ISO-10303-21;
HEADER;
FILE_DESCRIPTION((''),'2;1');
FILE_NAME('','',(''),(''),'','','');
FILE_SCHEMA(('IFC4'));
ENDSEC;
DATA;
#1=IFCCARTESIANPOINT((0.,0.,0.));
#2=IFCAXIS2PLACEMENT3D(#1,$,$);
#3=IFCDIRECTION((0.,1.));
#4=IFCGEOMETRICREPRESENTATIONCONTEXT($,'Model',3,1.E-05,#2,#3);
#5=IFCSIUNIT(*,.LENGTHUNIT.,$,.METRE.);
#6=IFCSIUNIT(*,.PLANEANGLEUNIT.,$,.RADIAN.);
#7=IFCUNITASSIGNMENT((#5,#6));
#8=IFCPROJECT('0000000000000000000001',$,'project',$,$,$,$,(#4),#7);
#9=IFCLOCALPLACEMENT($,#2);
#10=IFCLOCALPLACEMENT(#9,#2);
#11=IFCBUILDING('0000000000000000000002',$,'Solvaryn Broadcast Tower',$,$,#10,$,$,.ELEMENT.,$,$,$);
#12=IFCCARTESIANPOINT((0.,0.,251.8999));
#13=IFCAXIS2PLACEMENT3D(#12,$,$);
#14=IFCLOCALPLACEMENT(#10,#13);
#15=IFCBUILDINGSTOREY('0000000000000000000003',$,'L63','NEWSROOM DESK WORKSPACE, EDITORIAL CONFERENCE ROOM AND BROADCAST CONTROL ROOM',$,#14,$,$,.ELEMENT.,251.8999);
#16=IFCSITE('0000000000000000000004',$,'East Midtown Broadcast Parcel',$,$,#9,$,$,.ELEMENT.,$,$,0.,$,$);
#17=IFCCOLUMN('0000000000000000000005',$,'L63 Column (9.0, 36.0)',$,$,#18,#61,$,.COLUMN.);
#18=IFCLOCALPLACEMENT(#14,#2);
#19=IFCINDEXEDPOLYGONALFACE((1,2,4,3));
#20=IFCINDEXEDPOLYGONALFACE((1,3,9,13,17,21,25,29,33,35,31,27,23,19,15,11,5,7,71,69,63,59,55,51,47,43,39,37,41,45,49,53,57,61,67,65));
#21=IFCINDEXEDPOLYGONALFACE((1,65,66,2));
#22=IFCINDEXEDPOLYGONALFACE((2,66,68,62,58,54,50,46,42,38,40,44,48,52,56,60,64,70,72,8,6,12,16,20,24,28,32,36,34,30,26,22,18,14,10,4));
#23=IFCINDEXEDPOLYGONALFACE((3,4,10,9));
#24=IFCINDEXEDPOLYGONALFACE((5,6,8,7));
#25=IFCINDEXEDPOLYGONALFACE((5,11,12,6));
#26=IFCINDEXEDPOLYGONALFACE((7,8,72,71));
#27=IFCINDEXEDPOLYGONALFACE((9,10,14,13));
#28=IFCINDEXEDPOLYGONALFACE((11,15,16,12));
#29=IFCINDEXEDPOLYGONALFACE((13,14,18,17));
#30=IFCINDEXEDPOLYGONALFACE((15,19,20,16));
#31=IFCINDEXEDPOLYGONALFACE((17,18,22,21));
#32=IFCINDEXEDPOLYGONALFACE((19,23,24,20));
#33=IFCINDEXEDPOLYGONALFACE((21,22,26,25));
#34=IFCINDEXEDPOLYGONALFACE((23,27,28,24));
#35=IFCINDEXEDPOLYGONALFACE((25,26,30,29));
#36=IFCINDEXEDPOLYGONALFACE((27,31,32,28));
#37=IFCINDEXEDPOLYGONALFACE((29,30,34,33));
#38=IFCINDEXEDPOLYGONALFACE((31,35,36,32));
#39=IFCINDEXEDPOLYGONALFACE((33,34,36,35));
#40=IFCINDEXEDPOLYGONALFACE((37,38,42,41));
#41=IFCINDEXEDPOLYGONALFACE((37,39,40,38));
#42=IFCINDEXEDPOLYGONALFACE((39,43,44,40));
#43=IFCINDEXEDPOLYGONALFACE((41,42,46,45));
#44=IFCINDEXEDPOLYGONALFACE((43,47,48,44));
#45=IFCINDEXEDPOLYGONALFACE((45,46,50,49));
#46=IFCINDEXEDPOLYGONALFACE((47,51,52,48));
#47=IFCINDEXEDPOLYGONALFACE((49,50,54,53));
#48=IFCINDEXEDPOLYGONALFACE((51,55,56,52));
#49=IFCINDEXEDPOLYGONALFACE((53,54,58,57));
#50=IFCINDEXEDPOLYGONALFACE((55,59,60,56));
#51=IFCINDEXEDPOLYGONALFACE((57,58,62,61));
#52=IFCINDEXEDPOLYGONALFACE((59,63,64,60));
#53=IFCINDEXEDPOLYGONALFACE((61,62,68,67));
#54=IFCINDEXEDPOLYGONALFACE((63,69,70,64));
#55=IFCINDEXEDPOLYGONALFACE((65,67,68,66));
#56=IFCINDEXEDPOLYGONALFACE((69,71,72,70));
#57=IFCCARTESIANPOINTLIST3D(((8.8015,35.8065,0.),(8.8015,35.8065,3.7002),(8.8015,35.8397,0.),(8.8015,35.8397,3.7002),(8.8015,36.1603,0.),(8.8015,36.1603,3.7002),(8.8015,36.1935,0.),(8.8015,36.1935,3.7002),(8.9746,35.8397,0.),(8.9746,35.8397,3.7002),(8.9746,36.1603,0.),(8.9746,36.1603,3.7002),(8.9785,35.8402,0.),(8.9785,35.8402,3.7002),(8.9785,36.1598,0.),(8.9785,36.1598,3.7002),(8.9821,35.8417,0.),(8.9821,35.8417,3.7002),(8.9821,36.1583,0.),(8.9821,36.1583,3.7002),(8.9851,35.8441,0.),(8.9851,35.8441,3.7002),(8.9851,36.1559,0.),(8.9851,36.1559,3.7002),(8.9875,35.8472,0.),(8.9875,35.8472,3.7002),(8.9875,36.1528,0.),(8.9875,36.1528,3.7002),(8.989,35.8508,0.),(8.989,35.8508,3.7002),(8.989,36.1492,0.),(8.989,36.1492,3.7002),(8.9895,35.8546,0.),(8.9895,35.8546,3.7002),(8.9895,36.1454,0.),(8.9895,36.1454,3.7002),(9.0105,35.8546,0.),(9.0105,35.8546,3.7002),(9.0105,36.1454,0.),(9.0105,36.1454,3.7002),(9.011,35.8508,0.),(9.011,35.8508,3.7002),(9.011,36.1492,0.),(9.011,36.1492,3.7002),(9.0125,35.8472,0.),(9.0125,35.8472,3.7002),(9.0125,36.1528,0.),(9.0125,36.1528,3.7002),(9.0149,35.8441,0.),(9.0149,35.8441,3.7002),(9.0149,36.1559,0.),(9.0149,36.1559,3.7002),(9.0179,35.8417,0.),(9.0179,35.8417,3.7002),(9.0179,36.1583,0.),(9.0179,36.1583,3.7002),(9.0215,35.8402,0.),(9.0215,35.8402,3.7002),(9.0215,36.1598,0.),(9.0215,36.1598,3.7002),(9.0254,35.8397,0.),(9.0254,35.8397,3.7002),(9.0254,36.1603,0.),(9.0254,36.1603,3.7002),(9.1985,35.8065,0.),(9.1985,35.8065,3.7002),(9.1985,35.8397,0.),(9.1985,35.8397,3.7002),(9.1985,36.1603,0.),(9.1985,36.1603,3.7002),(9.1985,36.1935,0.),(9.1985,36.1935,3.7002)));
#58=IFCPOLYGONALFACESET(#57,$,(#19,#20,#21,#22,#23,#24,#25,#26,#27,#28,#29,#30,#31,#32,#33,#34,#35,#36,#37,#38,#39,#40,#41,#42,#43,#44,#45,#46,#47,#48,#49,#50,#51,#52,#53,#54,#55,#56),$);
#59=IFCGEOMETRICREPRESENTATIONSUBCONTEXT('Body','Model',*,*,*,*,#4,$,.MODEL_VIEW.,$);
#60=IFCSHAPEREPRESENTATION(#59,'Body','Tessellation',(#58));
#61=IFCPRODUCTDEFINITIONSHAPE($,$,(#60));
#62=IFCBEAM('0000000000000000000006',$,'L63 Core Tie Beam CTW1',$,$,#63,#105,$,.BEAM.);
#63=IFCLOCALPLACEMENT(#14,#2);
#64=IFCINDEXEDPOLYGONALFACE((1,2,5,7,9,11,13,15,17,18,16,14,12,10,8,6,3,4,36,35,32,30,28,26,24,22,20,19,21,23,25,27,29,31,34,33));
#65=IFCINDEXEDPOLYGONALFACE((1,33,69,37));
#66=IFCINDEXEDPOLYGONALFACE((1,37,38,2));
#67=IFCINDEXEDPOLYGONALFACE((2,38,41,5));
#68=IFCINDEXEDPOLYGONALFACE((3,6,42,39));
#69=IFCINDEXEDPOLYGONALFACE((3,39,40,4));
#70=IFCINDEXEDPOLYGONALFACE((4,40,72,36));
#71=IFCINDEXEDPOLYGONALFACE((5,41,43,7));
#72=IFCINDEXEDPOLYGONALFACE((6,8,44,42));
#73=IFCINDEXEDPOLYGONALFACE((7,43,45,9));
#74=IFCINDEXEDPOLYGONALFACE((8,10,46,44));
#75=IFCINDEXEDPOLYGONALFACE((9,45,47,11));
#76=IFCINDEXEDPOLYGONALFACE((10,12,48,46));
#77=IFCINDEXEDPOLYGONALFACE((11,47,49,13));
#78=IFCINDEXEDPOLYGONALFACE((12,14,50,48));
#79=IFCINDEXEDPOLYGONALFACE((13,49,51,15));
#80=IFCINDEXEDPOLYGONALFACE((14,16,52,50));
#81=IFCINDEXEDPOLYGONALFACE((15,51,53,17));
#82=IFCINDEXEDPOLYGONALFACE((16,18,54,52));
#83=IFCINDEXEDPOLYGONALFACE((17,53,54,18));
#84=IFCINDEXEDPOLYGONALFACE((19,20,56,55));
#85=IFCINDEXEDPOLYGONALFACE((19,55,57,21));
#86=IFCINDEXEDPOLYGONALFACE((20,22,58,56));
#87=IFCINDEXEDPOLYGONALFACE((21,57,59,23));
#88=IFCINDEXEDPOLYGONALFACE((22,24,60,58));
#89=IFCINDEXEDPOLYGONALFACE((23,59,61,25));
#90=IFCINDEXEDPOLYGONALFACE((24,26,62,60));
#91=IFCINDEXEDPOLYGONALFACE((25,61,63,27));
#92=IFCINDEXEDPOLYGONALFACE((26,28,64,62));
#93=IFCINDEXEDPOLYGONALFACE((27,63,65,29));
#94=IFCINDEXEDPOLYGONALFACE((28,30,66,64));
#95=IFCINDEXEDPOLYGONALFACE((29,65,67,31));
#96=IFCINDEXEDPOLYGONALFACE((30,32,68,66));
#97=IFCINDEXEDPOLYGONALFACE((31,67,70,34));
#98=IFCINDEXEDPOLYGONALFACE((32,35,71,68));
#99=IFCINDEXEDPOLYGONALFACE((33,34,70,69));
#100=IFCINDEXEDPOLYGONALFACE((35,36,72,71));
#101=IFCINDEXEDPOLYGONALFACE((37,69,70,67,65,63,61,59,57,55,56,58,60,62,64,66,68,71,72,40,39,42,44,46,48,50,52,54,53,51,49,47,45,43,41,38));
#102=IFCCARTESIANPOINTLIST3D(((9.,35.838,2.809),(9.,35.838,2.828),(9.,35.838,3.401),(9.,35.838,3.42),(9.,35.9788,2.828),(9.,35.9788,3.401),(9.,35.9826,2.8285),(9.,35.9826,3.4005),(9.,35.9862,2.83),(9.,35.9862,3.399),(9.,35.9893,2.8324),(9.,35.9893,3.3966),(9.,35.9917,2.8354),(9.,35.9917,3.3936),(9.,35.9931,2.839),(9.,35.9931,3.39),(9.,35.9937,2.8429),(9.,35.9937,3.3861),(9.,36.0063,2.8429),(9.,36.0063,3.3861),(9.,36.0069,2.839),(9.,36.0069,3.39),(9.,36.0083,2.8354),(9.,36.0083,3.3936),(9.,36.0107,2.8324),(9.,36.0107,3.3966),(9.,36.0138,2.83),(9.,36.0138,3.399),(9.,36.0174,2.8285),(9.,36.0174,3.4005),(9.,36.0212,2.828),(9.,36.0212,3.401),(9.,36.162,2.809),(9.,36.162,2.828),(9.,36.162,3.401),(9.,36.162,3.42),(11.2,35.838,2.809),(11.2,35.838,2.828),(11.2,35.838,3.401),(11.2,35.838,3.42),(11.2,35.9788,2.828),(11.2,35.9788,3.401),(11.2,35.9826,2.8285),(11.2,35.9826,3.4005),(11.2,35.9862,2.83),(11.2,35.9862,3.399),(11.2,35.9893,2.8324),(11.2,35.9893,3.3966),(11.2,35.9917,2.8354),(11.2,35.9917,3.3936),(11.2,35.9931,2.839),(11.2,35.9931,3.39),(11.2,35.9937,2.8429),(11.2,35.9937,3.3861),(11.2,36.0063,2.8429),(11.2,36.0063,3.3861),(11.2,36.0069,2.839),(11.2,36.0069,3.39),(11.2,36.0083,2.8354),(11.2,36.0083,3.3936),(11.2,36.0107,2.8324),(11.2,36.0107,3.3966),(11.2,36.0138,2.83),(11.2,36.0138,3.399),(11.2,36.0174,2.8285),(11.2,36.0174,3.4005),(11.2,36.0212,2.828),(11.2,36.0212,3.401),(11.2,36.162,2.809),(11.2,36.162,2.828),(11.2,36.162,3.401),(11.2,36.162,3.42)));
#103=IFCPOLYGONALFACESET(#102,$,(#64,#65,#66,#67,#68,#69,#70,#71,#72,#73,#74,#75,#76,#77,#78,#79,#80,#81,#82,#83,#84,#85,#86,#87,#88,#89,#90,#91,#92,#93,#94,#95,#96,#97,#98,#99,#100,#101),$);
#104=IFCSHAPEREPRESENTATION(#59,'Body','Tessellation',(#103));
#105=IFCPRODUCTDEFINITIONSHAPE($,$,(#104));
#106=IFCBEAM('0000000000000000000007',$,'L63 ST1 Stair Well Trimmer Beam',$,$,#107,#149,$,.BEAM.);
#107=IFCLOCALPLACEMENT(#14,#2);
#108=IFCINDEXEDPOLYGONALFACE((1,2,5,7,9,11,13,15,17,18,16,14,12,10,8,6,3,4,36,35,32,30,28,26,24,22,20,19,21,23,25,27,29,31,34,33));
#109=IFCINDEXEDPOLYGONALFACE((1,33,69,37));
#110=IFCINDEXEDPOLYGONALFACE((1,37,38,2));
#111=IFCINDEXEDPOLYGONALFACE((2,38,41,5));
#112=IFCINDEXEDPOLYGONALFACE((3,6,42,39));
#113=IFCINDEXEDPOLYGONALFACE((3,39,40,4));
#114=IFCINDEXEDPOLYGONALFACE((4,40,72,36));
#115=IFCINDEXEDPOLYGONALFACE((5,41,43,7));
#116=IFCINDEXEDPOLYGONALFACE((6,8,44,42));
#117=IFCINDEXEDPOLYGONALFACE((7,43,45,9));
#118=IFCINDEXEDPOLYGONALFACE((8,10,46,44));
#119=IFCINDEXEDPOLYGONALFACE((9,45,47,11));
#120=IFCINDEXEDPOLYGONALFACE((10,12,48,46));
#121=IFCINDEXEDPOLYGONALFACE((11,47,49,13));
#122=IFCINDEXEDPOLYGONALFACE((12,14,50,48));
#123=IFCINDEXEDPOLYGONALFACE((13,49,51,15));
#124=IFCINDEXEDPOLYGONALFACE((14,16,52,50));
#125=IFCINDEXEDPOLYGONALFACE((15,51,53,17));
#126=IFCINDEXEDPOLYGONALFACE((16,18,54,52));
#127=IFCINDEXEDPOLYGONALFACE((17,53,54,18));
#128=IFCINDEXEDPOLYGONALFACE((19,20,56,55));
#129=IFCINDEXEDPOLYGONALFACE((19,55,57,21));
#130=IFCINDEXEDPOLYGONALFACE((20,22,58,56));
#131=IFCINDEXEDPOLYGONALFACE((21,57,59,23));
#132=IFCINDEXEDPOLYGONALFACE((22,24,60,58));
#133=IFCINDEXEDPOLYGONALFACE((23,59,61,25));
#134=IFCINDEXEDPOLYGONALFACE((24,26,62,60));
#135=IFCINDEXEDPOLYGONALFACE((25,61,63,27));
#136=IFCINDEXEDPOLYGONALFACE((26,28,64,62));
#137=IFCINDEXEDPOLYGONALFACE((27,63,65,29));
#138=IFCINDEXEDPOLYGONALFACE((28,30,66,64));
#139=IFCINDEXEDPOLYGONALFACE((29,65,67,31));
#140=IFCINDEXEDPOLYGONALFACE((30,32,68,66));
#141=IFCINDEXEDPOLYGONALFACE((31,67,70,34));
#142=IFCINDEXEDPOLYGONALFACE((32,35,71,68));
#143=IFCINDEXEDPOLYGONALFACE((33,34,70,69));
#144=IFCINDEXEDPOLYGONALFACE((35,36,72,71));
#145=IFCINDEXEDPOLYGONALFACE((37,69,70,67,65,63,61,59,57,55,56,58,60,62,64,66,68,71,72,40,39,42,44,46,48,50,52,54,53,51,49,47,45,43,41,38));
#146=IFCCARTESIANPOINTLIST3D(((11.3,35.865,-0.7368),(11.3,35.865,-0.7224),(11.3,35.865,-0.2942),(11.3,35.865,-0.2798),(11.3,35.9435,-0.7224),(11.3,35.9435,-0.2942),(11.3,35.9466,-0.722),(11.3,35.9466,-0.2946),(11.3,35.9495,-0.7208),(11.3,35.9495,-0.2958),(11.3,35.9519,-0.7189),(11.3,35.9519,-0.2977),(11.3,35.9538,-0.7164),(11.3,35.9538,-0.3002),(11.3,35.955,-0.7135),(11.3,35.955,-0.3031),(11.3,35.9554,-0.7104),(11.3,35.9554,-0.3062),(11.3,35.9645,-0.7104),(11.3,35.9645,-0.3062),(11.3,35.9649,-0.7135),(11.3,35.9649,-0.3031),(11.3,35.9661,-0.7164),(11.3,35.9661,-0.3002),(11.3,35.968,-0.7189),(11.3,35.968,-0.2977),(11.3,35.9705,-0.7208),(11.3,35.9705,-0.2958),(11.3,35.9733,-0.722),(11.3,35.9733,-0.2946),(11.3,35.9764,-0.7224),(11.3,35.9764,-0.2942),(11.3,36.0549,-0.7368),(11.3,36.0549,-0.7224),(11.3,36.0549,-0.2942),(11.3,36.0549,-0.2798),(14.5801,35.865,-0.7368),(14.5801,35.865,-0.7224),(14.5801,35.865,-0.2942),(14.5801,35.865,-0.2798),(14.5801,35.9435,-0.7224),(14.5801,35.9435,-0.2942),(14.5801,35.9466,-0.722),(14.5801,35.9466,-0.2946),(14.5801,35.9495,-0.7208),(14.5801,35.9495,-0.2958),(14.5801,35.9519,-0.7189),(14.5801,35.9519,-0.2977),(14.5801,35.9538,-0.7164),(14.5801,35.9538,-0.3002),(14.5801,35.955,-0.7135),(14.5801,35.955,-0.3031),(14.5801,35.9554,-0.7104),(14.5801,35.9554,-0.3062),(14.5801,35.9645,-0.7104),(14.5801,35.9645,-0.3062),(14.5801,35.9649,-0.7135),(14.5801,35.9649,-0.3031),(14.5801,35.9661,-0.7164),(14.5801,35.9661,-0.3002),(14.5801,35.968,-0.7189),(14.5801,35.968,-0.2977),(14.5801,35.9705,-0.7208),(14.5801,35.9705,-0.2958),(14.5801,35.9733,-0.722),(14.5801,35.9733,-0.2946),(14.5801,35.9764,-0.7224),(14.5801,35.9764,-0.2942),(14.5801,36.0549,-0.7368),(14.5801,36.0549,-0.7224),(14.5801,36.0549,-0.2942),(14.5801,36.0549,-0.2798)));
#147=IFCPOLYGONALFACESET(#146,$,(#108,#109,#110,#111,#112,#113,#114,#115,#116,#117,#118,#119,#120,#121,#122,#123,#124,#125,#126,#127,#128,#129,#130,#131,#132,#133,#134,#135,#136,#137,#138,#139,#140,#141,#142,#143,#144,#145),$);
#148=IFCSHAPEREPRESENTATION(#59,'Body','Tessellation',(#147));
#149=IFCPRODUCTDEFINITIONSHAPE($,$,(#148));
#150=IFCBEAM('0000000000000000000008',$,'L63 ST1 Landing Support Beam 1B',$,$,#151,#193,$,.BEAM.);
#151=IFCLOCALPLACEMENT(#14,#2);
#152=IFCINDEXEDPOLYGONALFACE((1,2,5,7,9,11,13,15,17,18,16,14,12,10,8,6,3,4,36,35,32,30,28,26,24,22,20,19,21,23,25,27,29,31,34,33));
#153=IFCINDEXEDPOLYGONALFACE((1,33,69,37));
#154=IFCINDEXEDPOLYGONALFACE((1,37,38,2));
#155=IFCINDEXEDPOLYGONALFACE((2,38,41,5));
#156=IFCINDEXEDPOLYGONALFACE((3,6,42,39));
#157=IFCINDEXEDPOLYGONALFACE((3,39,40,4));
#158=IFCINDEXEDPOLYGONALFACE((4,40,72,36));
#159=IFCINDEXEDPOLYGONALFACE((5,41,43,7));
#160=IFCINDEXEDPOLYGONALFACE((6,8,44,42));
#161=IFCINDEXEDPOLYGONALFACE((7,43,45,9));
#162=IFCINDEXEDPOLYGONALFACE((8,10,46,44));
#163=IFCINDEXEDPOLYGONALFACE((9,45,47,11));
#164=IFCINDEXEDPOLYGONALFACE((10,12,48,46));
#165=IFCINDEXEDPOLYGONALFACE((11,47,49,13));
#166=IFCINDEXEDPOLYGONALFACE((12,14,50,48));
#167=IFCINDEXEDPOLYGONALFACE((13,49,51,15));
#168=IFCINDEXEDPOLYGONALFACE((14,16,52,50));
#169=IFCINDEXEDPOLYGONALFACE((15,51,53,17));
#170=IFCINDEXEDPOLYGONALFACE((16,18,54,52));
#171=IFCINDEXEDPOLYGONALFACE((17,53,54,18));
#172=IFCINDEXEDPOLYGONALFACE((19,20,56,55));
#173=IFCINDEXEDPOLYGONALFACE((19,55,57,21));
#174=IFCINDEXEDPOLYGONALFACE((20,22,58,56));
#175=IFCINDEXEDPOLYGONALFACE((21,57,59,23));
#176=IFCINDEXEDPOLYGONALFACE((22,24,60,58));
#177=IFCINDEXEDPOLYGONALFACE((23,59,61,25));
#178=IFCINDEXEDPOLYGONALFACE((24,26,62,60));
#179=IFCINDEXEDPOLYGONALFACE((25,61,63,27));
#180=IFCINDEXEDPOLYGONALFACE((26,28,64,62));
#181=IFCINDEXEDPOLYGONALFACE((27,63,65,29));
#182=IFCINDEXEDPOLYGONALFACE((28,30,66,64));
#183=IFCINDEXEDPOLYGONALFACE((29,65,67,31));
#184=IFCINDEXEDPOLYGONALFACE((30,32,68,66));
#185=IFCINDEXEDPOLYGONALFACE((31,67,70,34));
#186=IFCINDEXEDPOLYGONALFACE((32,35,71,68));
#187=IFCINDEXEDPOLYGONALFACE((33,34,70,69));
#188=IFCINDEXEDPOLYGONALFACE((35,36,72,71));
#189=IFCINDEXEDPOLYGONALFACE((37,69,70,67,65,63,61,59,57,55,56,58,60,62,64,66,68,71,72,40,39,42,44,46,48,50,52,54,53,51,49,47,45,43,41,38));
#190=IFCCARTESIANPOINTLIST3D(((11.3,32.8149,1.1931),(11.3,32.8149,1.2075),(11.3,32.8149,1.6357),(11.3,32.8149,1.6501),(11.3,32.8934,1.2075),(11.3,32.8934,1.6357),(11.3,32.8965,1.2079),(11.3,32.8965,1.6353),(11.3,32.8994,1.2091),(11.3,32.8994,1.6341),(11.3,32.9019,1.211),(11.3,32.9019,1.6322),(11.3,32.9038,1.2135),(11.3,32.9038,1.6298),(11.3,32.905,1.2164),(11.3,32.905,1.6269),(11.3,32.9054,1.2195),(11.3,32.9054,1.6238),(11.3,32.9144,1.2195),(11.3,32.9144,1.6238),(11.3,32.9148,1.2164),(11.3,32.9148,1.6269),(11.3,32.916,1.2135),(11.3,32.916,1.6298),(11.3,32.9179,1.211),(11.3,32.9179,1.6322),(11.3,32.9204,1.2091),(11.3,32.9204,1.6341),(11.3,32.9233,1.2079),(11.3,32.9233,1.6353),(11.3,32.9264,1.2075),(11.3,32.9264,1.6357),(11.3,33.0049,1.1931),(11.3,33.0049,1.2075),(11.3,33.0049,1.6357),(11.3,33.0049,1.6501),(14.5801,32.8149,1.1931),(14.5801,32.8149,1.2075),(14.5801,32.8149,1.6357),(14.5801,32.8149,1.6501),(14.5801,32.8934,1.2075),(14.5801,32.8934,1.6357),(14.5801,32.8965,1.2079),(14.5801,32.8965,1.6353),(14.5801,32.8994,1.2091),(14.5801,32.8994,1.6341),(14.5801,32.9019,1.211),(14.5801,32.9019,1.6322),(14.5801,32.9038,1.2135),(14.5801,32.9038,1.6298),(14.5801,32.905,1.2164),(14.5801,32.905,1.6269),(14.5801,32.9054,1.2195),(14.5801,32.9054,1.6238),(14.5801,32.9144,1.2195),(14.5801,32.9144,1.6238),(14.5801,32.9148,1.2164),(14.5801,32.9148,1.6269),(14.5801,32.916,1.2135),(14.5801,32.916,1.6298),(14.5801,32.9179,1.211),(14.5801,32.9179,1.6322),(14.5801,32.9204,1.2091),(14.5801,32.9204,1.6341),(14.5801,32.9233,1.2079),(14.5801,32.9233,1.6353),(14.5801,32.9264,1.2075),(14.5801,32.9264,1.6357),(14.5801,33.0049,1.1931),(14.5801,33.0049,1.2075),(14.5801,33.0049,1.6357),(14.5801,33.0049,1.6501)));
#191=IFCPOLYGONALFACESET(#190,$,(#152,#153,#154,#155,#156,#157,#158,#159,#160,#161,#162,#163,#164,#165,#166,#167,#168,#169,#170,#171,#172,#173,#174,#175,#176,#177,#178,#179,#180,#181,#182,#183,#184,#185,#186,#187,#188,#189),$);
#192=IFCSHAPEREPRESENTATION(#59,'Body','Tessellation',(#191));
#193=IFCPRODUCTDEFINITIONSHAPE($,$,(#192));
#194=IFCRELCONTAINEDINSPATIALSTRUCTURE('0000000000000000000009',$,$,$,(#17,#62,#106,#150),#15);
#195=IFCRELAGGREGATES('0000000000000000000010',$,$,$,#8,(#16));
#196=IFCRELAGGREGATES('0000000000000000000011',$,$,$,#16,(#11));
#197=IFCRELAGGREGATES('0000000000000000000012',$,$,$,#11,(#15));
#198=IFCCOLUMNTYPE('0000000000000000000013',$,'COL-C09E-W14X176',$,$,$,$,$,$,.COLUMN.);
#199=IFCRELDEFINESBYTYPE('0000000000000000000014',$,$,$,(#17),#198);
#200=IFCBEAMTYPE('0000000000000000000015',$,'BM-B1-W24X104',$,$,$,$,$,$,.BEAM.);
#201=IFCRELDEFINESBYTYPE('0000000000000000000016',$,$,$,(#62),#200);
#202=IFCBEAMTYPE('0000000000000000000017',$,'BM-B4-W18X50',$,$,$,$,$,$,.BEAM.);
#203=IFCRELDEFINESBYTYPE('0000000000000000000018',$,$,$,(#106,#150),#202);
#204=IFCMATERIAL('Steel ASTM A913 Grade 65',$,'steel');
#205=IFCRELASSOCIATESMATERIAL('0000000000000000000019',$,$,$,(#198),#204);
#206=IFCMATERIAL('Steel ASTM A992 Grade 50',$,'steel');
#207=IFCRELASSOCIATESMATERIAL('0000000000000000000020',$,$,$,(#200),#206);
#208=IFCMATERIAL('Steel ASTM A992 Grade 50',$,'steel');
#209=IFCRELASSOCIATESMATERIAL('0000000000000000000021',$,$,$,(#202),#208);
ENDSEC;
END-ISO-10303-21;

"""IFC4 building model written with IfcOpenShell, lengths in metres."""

from ifc_helpers import new_model, si_unit, direction, frame, origin, origin_2d, place, context, subcontext, project, spatial, i_section, extrude, material, material_profile, profile_set, type_object, element, save


model = new_model("IFC4")

# Units and contexts
model_context = context("Model", 3, precision=1e-05, world=origin(), true_north=direction((0.0, 1.0)))
body_context = subcontext(model_context, "Body", "Model", "MODEL_VIEW")
ifc_project = project(units=[si_unit("LENGTHUNIT", "METRE"), si_unit("PLANEANGLEUNIT", "RADIAN")], contexts=[model_context])

# Site, building, storey
site_placement = place(None, origin())
site = spatial("IfcSite", under=ifc_project, at=site_placement, Name="East Midtown Broadcast Parcel", CompositionType="ELEMENT", RefElevation=0.0)
building_placement = place(site_placement, origin())
building = spatial("IfcBuilding", under=site, at=building_placement, Name="Solvaryn Broadcast Tower", CompositionType="ELEMENT")
storey_placement = place(building_placement, frame((0.0, 0.0, 251.8999)))
storey = spatial("IfcBuildingStorey", under=building, at=storey_placement, Name="L63", Description="NEWSROOM DESK WORKSPACE, EDITORIAL CONFERENCE ROOM AND BROADCAST CONTROL ROOM", CompositionType="ELEMENT", Elevation=251.8999)

# Column
ifc_material_1 = material(Name="Steel ASTM A913 Grade 65", Category="steel")
ifc_material_profile_1 = material_profile(ifc_material_1, i_section(OverallWidth=0.397, OverallDepth=0.387, WebThickness=0.021, FlangeThickness=0.0332, FilletRadius=0.0149, at=origin_2d()))
ifc_profile_set_1 = profile_set([ifc_material_profile_1], Name="Steel ASTM A913 Grade 65")
column_type = type_object("IfcColumnType", Name="COL-C09E-W14X176", PredefinedType="COLUMN", material=ifc_profile_set_1)
column_placement = place(storey_placement, frame((9.0, 36.0, 0.0), z_axis=(0.0, 0.0, 1.0), x_axis=(1.0, 0.0, 0.0)))
element("IfcColumn", 1, at=column_placement, inside=storey, type_object=column_type, Name="L63 Column (9.0, 36.0)", PredefinedType="COLUMN", context=body_context, shape_type="SweptSolid", body=[
    extrude(i_section(OverallWidth=0.397, OverallDepth=0.387, WebThickness=0.021, FlangeThickness=0.0332, FilletRadius=0.0149, at=origin_2d()), origin(), (0.0, 0.0, 1.0), 3.7002),
])

# Beams
ifc_material_2 = material(Name="Steel ASTM A992 Grade 50", Category="steel")
ifc_material_profile_2 = material_profile(ifc_material_2, i_section(OverallWidth=0.324, OverallDepth=0.6111, WebThickness=0.0127, FlangeThickness=0.019, FilletRadius=0.0149, at=origin_2d()))
ifc_profile_set_2 = profile_set([ifc_material_profile_2], Name="Steel ASTM A992 Grade 50")
beam_type_1 = type_object("IfcBeamType", Name="BM-B1-W24X104", PredefinedType="BEAM", material=ifc_profile_set_2)
beam_placement = place(storey_placement, frame((9.0, 36.0, 3.1145), z_axis=(1.0, 0.0, 0.0), x_axis=(0.0, 1.0, 0.0)))
element("IfcBeam", 2, at=beam_placement, inside=storey, type_object=beam_type_1, Name="L63 Core Tie Beam CTW1", PredefinedType="BEAM", context=body_context, shape_type="SweptSolid", body=[
    extrude(i_section(OverallWidth=0.324, OverallDepth=0.6111, WebThickness=0.0127, FlangeThickness=0.019, FilletRadius=0.0149, at=origin_2d()), origin(), (0.0, 0.0, 1.0), 2.2),
])
ifc_material_3 = material(Name="Steel ASTM A992 Grade 50", Category="steel")
ifc_material_profile_3 = material_profile(ifc_material_3, i_section(OverallWidth=0.1899, OverallDepth=0.457, WebThickness=0.009, FlangeThickness=0.0144, FilletRadius=0.012, at=origin_2d()))
ifc_profile_set_3 = profile_set([ifc_material_profile_3], Name="Steel ASTM A992 Grade 50")
beam_type_2 = type_object("IfcBeamType", Name="BM-B4-W18X50", PredefinedType="BEAM", material=ifc_profile_set_3)
for number, where, z_axis, x_axis, name in (
    (3, (11.3, 35.96, -0.5083), (1.0, 0.0, 0.0), (0.0, 1.0, 0.0), "L63 ST1 Stair Well Trimmer Beam"),
    (4, (11.3, 32.9099, 1.4216), (1.0, 0.0, 0.0), (0.0, 1.0, 0.0), "L63 ST1 Landing Support Beam 1B"),
):
    element("IfcBeam", number, at=place(storey_placement, frame(where, z_axis=z_axis, x_axis=x_axis)), inside=storey, type_object=beam_type_2, Name=name, PredefinedType="BEAM", context=body_context, shape_type="SweptSolid", body=[
        extrude(i_section(OverallWidth=0.1899, OverallDepth=0.457, WebThickness=0.009, FlangeThickness=0.0144, FilletRadius=0.012, at=origin_2d()), origin(), (0.0, 0.0, 1.0), 3.28),
    ])

save(model, "model.ifc")
